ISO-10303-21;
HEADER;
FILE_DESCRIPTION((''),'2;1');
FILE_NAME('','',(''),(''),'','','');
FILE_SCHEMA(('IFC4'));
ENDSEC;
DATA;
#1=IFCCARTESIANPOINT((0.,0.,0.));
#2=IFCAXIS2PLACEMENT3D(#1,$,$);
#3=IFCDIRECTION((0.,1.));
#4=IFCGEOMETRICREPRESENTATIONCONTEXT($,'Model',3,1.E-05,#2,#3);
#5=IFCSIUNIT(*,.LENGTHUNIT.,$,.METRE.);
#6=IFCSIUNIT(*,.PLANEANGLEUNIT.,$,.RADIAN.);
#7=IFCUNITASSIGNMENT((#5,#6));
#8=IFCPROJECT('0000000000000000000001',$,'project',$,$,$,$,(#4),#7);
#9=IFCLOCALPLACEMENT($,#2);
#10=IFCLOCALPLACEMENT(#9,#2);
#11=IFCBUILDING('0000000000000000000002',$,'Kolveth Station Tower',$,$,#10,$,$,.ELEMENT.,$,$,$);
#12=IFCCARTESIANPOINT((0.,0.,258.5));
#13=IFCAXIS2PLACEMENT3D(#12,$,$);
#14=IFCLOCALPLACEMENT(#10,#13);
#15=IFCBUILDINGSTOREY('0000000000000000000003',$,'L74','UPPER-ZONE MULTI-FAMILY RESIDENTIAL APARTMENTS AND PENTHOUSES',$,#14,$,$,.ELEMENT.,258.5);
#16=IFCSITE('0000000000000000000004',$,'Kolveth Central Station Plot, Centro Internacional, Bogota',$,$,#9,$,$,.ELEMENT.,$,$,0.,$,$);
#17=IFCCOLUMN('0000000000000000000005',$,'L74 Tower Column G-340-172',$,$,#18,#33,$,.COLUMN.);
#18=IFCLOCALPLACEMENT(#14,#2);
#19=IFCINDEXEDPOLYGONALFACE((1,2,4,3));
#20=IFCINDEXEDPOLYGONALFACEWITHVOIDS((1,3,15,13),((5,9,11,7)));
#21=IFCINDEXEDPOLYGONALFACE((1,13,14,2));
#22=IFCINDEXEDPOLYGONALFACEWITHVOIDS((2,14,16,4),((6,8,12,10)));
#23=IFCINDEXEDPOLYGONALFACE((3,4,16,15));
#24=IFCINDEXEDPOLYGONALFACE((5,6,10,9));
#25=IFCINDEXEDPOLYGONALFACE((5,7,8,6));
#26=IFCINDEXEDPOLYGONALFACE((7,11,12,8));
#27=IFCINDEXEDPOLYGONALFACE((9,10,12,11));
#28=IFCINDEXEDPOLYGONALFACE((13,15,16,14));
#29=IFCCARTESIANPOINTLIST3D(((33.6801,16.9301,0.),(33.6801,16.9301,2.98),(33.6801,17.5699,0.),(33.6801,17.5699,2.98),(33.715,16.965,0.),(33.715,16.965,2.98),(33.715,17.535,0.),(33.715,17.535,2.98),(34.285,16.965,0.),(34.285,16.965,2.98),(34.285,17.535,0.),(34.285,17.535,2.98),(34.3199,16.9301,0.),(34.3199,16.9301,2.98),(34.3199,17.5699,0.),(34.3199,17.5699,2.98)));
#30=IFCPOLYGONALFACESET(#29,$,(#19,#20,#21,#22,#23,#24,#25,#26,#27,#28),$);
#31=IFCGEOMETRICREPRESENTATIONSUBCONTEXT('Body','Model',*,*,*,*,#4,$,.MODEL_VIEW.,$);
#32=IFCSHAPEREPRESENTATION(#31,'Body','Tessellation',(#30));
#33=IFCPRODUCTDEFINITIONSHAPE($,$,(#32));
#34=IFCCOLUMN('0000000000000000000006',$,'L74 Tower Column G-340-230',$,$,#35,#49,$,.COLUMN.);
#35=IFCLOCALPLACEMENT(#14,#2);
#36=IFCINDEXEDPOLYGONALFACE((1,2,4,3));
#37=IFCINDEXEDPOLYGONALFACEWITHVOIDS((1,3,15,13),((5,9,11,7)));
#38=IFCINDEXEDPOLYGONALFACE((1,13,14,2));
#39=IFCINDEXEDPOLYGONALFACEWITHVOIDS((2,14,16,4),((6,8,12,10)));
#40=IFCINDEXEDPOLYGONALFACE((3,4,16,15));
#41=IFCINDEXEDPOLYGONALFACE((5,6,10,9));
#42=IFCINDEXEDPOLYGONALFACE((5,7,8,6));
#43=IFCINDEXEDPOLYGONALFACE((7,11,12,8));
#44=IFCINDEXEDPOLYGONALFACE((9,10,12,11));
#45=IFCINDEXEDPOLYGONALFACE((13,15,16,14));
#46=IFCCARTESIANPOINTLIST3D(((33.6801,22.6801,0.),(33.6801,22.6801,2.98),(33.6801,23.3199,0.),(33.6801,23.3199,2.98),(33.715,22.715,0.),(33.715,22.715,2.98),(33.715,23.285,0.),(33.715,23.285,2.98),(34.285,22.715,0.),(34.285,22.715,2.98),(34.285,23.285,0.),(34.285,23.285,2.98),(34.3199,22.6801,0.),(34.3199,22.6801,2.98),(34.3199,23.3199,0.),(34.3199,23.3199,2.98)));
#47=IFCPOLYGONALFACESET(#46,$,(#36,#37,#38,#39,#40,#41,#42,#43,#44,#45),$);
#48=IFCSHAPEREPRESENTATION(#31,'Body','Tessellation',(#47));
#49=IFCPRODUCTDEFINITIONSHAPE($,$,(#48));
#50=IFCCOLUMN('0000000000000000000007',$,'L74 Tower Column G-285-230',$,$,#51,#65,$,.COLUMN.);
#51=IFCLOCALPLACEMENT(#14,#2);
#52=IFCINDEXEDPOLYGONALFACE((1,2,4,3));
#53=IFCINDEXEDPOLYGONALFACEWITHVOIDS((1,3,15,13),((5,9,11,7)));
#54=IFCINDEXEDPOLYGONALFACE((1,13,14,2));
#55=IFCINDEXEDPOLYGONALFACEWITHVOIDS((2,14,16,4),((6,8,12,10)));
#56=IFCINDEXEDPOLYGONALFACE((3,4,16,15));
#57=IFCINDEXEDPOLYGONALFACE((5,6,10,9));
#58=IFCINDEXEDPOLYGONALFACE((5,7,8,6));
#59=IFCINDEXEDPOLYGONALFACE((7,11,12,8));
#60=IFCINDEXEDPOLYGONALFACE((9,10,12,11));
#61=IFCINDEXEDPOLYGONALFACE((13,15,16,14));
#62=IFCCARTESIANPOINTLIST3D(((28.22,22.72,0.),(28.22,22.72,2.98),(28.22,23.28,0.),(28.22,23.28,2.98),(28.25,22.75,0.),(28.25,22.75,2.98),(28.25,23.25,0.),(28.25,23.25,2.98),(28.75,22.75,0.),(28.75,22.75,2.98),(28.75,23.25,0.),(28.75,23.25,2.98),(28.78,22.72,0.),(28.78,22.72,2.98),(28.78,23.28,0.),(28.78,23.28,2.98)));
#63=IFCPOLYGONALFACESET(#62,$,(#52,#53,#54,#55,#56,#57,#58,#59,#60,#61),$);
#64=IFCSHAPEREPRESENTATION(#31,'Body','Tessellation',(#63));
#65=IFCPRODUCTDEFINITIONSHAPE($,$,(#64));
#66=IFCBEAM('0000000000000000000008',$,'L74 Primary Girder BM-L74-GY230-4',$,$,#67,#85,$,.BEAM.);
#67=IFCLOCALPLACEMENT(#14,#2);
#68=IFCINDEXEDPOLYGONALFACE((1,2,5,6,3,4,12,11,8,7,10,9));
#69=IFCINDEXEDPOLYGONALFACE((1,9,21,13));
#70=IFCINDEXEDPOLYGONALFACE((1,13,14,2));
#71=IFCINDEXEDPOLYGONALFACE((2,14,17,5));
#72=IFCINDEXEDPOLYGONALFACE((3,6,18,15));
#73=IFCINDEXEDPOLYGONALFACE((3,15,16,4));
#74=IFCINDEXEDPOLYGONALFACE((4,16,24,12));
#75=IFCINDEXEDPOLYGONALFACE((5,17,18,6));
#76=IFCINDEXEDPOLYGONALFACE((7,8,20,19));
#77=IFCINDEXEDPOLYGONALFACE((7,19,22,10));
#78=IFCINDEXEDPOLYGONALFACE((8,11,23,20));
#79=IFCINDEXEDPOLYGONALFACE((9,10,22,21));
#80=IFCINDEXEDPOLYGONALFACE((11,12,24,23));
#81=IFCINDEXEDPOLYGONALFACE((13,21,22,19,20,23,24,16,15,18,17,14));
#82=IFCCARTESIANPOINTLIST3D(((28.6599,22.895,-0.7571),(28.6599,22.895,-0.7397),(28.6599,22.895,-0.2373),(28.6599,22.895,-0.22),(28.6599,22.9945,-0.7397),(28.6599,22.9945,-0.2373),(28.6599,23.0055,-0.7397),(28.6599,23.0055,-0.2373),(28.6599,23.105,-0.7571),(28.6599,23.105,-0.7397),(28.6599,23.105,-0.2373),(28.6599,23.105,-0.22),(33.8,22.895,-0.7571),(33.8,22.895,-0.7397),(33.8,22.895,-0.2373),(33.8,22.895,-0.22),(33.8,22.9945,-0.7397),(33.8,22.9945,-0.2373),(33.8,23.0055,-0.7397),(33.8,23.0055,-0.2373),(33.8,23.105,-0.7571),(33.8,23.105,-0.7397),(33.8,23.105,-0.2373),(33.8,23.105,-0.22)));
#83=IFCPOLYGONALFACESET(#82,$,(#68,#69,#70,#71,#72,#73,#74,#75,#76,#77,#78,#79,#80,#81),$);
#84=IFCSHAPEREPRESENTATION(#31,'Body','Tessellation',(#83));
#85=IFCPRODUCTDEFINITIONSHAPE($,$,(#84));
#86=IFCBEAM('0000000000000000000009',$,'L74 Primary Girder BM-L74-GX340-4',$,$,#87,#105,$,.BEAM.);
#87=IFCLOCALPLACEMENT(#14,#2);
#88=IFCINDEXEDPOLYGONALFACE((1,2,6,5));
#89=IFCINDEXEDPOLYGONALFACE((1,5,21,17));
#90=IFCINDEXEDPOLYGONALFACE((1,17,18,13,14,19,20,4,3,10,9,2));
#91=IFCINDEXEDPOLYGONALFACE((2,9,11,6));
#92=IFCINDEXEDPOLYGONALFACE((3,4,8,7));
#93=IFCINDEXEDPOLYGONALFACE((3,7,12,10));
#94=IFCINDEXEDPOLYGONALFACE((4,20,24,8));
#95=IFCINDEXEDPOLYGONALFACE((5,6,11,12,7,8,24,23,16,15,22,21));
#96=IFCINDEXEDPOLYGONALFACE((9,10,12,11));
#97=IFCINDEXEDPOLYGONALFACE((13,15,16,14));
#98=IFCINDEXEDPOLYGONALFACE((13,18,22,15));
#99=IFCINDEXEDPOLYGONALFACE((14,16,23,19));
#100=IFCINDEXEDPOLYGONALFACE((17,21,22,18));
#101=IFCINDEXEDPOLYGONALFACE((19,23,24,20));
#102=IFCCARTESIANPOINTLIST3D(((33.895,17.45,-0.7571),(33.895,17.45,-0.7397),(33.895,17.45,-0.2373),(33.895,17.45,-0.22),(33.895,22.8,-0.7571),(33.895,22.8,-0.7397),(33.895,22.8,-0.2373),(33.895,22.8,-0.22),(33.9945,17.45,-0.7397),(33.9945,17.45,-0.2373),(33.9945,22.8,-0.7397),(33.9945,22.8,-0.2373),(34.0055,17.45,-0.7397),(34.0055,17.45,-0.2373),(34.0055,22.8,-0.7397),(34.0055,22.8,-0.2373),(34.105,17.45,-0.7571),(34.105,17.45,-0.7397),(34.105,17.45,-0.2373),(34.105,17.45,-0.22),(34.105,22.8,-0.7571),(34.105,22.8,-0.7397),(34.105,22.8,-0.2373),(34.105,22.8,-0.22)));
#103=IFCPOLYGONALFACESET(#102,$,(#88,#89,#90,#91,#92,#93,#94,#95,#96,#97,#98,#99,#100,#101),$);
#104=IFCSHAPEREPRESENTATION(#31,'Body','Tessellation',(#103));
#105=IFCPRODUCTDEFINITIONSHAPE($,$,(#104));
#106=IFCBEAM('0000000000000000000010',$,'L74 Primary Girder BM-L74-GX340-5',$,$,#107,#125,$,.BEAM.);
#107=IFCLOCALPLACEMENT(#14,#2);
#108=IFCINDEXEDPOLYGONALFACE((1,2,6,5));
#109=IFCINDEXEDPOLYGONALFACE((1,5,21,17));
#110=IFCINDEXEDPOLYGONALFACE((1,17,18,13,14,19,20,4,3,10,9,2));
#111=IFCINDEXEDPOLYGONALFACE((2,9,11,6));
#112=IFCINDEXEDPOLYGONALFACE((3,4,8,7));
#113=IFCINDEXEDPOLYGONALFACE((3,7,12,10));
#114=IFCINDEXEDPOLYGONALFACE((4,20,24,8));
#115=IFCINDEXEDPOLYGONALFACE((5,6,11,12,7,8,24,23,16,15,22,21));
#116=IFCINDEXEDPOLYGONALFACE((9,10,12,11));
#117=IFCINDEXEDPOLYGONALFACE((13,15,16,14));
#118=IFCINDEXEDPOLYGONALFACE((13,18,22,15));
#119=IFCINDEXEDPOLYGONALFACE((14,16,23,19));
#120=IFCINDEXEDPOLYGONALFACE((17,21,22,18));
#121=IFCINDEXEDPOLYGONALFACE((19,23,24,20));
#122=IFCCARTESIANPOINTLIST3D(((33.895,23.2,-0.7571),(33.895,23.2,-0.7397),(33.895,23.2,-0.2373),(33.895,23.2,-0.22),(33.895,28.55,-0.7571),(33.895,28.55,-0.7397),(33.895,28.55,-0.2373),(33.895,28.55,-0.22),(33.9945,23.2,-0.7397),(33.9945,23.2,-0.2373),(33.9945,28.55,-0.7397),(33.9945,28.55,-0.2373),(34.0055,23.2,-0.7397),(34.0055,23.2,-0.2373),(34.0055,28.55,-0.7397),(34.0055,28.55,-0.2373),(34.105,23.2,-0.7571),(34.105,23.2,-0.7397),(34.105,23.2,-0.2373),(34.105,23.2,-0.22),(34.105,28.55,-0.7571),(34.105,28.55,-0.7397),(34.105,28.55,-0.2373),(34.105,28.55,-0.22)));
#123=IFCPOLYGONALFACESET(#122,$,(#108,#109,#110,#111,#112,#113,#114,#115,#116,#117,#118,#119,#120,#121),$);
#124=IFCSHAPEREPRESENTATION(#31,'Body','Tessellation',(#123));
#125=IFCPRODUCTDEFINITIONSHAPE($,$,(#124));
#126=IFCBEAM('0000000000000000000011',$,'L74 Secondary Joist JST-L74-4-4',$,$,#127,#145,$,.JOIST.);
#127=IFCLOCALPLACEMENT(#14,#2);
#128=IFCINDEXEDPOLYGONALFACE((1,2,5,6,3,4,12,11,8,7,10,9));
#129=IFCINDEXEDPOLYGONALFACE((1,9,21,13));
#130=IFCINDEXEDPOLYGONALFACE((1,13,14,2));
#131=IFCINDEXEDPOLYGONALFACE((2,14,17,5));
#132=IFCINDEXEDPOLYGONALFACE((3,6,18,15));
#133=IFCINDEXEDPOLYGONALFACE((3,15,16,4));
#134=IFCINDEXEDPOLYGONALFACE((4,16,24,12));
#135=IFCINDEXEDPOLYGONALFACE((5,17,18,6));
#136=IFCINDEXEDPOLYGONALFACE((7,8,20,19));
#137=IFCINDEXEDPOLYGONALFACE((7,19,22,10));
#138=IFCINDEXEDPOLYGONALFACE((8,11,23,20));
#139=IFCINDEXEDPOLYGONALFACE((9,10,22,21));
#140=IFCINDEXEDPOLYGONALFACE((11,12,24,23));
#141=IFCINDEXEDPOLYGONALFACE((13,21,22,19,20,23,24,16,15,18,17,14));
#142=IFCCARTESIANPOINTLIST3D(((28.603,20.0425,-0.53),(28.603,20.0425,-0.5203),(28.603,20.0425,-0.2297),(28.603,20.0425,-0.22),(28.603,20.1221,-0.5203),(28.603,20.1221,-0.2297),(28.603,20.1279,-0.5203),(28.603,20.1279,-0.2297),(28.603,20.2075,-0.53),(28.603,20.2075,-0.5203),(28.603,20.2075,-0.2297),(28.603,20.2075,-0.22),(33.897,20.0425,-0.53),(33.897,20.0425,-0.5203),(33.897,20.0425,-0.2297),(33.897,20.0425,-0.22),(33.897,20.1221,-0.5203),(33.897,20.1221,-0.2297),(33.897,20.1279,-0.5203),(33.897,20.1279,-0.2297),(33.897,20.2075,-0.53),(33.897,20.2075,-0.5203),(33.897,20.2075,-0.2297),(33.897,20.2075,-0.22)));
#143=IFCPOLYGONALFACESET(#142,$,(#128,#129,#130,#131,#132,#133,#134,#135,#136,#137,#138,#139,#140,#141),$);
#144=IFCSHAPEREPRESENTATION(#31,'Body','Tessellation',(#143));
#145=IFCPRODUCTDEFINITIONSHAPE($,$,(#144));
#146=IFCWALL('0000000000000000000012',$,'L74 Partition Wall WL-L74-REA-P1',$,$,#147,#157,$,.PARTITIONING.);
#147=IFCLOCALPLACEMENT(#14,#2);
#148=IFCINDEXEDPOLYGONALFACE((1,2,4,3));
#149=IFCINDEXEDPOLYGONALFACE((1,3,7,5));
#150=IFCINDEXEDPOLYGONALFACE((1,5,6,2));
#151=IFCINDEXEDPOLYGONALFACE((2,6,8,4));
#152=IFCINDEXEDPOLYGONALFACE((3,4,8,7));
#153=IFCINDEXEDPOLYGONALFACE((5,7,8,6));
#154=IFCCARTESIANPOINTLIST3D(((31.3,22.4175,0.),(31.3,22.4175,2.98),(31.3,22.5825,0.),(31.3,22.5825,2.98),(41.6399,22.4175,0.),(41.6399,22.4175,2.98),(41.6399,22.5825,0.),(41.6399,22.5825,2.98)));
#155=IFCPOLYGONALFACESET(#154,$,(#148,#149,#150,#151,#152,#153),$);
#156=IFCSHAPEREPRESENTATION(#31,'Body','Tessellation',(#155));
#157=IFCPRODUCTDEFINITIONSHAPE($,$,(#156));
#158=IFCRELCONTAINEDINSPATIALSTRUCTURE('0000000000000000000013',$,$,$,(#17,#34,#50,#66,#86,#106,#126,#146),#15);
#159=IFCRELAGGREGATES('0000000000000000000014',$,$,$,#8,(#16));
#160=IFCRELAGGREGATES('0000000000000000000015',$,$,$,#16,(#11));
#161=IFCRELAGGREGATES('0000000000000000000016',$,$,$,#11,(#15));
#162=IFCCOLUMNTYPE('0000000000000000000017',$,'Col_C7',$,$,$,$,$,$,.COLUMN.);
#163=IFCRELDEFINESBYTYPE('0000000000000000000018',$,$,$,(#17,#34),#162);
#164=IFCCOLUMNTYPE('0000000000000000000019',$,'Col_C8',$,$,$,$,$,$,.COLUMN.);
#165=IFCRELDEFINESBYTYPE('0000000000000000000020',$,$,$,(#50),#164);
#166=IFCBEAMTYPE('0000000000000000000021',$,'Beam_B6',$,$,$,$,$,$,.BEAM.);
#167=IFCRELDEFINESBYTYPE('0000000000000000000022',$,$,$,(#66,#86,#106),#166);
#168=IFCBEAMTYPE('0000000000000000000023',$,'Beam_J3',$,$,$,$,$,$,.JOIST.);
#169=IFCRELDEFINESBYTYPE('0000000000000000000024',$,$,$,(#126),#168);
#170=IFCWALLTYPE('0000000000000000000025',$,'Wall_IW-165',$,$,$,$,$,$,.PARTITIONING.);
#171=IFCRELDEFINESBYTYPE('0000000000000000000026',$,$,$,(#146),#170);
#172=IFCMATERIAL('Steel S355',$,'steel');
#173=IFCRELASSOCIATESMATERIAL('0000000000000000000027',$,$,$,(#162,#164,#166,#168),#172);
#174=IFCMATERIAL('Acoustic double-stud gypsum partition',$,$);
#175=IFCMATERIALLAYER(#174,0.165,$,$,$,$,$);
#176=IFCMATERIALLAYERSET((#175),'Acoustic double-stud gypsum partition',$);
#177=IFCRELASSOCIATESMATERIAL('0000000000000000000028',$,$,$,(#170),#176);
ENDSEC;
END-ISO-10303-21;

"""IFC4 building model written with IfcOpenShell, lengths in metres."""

from ifc_helpers import new_model, si_unit, direction, frame, frame_2d, origin, origin_2d, place, context, subcontext, project, spatial, rectangle, hollow_rectangle, i_section, extrude, source, transform, mapped, material, layer, layer_set, material_profile, profile_set, type_object, element, save


model = new_model("IFC4")

# Units and contexts
model_context = context("Model", 3, precision=1e-05, world=origin(), true_north=direction((0.0, 1.0)))
body_context = subcontext(model_context, "Body", "Model", "MODEL_VIEW")
ifc_project = project(units=[si_unit("LENGTHUNIT", "METRE"), si_unit("PLANEANGLEUNIT", "RADIAN")], contexts=[model_context])

# Site, building, storey
site_placement = place(None, origin())
site = spatial("IfcSite", under=ifc_project, at=site_placement, Name="Kolveth Central Station Plot, Centro Internacional, Bogota", CompositionType="ELEMENT", RefElevation=0.0)
building_placement = place(site_placement, origin())
building = spatial("IfcBuilding", under=site, at=building_placement, Name="Kolveth Station Tower", CompositionType="ELEMENT")
storey_placement = place(building_placement, frame((0.0, 0.0, 258.5)))
storey = spatial("IfcBuildingStorey", under=building, at=storey_placement, Name="L74", Description="UPPER-ZONE MULTI-FAMILY RESIDENTIAL APARTMENTS AND PENTHOUSES", CompositionType="ELEMENT", Elevation=258.5)

# Columns
ifc_material_1 = material(Name="Steel S355", Category="steel")
ifc_material_profile_1 = material_profile(ifc_material_1, hollow_rectangle(XDim=0.6399, YDim=0.6399, WallThickness=0.0349, at=origin_2d()), Name="BOX640x640x35")
ifc_profile_set_1 = profile_set([ifc_material_profile_1], Name="Steel S355")
column_type_1 = type_object("IfcColumnType", Name="Col_C7", PredefinedType="COLUMN", material=ifc_profile_set_1)
shared_shape_1 = source(origin(), body_context, "Body", "SweptSolid", [
    extrude(hollow_rectangle(XDim=0.6399, YDim=0.6399, WallThickness=0.0349, at=origin_2d()), origin(), (0.0, 0.0, 1.0), 2.98),
])
for number, where, z_axis, x_axis, name in (
    (1, (34.0, 17.25, 0.0), (0.0, 0.0, 1.0), (1.0, 0.0, 0.0), "L74 Tower Column G-340-172"),
    (2, (34.0, 23.0, 0.0), (0.0, 0.0, 1.0), (1.0, 0.0, 0.0), "L74 Tower Column G-340-230"),
):
    element("IfcColumn", number, at=place(storey_placement, frame(where, z_axis=z_axis, x_axis=x_axis)), inside=storey, type_object=column_type_1, Name=name, PredefinedType="COLUMN", context=body_context, shape_type="MappedRepresentation", body=[
        mapped(shared_shape_1, transform((0.0, 0.0, 0.0), x_axis=(1.0, 0.0, 0.0), y_axis=(0.0, 1.0, 0.0), z_axis=(0.0, 0.0, 1.0), scale=1.0)),
    ])
ifc_material_profile_2 = material_profile(ifc_material_1, hollow_rectangle(XDim=0.5601, YDim=0.5601, WallThickness=0.03, at=origin_2d()), Name="BOX560x560x30")
ifc_profile_set_2 = profile_set([ifc_material_profile_2], Name="Steel S355")
column_type_2 = type_object("IfcColumnType", Name="Col_C8", PredefinedType="COLUMN", material=ifc_profile_set_2)
shared_shape_2 = source(origin(), body_context, "Body", "SweptSolid", [
    extrude(hollow_rectangle(XDim=0.5601, YDim=0.5601, WallThickness=0.03, at=origin_2d()), origin(), (0.0, 0.0, 1.0), 2.98),
])
column_placement = place(storey_placement, frame((28.5, 23.0, 0.0), z_axis=(0.0, 0.0, 1.0), x_axis=(1.0, 0.0, 0.0)))
element("IfcColumn", 3, at=column_placement, inside=storey, type_object=column_type_2, Name="L74 Tower Column G-285-230", PredefinedType="COLUMN", context=body_context, shape_type="MappedRepresentation", body=[
    mapped(shared_shape_2, transform((0.0, 0.0, 0.0), x_axis=(1.0, 0.0, 0.0), y_axis=(0.0, 1.0, 0.0), z_axis=(0.0, 0.0, 1.0), scale=1.0)),
])

# Beams
ifc_material_profile_3 = material_profile(ifc_material_1, i_section(OverallWidth=0.21, OverallDepth=0.5371, WebThickness=0.011, FlangeThickness=0.0173, at=origin_2d()), Name="W530x101")
ifc_profile_set_3 = profile_set([ifc_material_profile_3], Name="Steel S355")
beam_type_1 = type_object("IfcBeamType", Name="Beam_B6", PredefinedType="BEAM", material=ifc_profile_set_3)
shared_shape_3 = source(origin(), body_context, "Body", "SweptSolid", [
    extrude(i_section(OverallWidth=0.21, OverallDepth=0.5371, WebThickness=0.011, FlangeThickness=0.0173, at=origin_2d()), origin(), (0.0, 0.0, 1.0), 5.1401),
])
beam_1_placement = place(storey_placement, frame((28.6599, 23.0, -0.4885), z_axis=(1.0, 0.0, 0.0), x_axis=(0.0, 1.0, 0.0)))
element("IfcBeam", 4, at=beam_1_placement, inside=storey, type_object=beam_type_1, Name="L74 Primary Girder BM-L74-GY230-4", PredefinedType="BEAM", context=body_context, shape_type="MappedRepresentation", body=[
    mapped(shared_shape_3, transform((0.0, 0.0, 0.0), x_axis=(1.0, 0.0, 0.0), y_axis=(0.0, 1.0, 0.0), z_axis=(0.0, 0.0, 1.0), scale=1.0)),
])
shared_shape_4 = source(origin(), body_context, "Body", "SweptSolid", [
    extrude(i_section(OverallWidth=0.21, OverallDepth=0.5371, WebThickness=0.011, FlangeThickness=0.0173, at=origin_2d()), origin(), (0.0, 0.0, 1.0), 5.3501),
])
for number, where, z_axis, x_axis, name in (
    (5, (34.0, 17.45, -0.4885), (0.0, 1.0, 0.0), (-1.0, 0.0, 0.0), "L74 Primary Girder BM-L74-GX340-4"),
    (6, (34.0, 23.2, -0.4885), (0.0, 1.0, 0.0), (-1.0, 0.0, 0.0), "L74 Primary Girder BM-L74-GX340-5"),
):
    element("IfcBeam", number, at=place(storey_placement, frame(where, z_axis=z_axis, x_axis=x_axis)), inside=storey, type_object=beam_type_1, Name=name, PredefinedType="BEAM", context=body_context, shape_type="MappedRepresentation", body=[
        mapped(shared_shape_4, transform((0.0, 0.0, 0.0), x_axis=(1.0, 0.0, 0.0), y_axis=(0.0, 1.0, 0.0), z_axis=(0.0, 0.0, 1.0), scale=1.0)),
    ])
ifc_material_profile_4 = material_profile(ifc_material_1, i_section(OverallWidth=0.165, OverallDepth=0.3101, WebThickness=0.0059, FlangeThickness=0.0098, at=origin_2d()), Name="W310x39")
ifc_profile_set_4 = profile_set([ifc_material_profile_4], Name="Steel S355")
beam_type_2 = type_object("IfcBeamType", Name="Beam_J3", PredefinedType="JOIST", material=ifc_profile_set_4)
shared_shape_5 = source(origin(), body_context, "Body", "SweptSolid", [
    extrude(i_section(OverallWidth=0.165, OverallDepth=0.3101, WebThickness=0.0059, FlangeThickness=0.0098, at=origin_2d()), origin(), (0.0, 0.0, 1.0), 5.2939),
])
beam_2_placement = place(storey_placement, frame((28.603, 20.125, -0.375), z_axis=(1.0, 0.0, 0.0), x_axis=(0.0, 1.0, 0.0)))
element("IfcBeam", 7, at=beam_2_placement, inside=storey, type_object=beam_type_2, Name="L74 Secondary Joist JST-L74-4-4", PredefinedType="JOIST", context=body_context, shape_type="MappedRepresentation", body=[
    mapped(shared_shape_5, transform((0.0, 0.0, 0.0), x_axis=(1.0, 0.0, 0.0), y_axis=(0.0, 1.0, 0.0), z_axis=(0.0, 0.0, 1.0), scale=1.0)),
])

# Wall
ifc_material_2 = material(Name="Acoustic double-stud gypsum partition")
ifc_layer_1 = layer(ifc_material_2, 0.165)
ifc_layer_set_1 = layer_set([ifc_layer_1], Name="Acoustic double-stud gypsum partition")
wall_type_1 = type_object("IfcWallType", Name="Wall_IW-165", PredefinedType="PARTITIONING", material=ifc_layer_set_1)
wall_1_placement = place(storey_placement, frame((31.3, 22.5, 0.0), z_axis=(0.0, 0.0, 1.0), x_axis=(1.0, 0.0, 0.0)))
element("IfcWall", 8, at=wall_1_placement, inside=storey, type_object=wall_type_1, Name="L74 Partition Wall WL-L74-REA-P1", PredefinedType="PARTITIONING", context=body_context, shape_type="SweptSolid", body=[
    extrude(rectangle(XDim=10.3398, YDim=0.165, at=frame_2d((5.1699, 0.0))), origin(), (0.0, 0.0, 1.0), 2.98),
])

save(model, "model.ifc")
